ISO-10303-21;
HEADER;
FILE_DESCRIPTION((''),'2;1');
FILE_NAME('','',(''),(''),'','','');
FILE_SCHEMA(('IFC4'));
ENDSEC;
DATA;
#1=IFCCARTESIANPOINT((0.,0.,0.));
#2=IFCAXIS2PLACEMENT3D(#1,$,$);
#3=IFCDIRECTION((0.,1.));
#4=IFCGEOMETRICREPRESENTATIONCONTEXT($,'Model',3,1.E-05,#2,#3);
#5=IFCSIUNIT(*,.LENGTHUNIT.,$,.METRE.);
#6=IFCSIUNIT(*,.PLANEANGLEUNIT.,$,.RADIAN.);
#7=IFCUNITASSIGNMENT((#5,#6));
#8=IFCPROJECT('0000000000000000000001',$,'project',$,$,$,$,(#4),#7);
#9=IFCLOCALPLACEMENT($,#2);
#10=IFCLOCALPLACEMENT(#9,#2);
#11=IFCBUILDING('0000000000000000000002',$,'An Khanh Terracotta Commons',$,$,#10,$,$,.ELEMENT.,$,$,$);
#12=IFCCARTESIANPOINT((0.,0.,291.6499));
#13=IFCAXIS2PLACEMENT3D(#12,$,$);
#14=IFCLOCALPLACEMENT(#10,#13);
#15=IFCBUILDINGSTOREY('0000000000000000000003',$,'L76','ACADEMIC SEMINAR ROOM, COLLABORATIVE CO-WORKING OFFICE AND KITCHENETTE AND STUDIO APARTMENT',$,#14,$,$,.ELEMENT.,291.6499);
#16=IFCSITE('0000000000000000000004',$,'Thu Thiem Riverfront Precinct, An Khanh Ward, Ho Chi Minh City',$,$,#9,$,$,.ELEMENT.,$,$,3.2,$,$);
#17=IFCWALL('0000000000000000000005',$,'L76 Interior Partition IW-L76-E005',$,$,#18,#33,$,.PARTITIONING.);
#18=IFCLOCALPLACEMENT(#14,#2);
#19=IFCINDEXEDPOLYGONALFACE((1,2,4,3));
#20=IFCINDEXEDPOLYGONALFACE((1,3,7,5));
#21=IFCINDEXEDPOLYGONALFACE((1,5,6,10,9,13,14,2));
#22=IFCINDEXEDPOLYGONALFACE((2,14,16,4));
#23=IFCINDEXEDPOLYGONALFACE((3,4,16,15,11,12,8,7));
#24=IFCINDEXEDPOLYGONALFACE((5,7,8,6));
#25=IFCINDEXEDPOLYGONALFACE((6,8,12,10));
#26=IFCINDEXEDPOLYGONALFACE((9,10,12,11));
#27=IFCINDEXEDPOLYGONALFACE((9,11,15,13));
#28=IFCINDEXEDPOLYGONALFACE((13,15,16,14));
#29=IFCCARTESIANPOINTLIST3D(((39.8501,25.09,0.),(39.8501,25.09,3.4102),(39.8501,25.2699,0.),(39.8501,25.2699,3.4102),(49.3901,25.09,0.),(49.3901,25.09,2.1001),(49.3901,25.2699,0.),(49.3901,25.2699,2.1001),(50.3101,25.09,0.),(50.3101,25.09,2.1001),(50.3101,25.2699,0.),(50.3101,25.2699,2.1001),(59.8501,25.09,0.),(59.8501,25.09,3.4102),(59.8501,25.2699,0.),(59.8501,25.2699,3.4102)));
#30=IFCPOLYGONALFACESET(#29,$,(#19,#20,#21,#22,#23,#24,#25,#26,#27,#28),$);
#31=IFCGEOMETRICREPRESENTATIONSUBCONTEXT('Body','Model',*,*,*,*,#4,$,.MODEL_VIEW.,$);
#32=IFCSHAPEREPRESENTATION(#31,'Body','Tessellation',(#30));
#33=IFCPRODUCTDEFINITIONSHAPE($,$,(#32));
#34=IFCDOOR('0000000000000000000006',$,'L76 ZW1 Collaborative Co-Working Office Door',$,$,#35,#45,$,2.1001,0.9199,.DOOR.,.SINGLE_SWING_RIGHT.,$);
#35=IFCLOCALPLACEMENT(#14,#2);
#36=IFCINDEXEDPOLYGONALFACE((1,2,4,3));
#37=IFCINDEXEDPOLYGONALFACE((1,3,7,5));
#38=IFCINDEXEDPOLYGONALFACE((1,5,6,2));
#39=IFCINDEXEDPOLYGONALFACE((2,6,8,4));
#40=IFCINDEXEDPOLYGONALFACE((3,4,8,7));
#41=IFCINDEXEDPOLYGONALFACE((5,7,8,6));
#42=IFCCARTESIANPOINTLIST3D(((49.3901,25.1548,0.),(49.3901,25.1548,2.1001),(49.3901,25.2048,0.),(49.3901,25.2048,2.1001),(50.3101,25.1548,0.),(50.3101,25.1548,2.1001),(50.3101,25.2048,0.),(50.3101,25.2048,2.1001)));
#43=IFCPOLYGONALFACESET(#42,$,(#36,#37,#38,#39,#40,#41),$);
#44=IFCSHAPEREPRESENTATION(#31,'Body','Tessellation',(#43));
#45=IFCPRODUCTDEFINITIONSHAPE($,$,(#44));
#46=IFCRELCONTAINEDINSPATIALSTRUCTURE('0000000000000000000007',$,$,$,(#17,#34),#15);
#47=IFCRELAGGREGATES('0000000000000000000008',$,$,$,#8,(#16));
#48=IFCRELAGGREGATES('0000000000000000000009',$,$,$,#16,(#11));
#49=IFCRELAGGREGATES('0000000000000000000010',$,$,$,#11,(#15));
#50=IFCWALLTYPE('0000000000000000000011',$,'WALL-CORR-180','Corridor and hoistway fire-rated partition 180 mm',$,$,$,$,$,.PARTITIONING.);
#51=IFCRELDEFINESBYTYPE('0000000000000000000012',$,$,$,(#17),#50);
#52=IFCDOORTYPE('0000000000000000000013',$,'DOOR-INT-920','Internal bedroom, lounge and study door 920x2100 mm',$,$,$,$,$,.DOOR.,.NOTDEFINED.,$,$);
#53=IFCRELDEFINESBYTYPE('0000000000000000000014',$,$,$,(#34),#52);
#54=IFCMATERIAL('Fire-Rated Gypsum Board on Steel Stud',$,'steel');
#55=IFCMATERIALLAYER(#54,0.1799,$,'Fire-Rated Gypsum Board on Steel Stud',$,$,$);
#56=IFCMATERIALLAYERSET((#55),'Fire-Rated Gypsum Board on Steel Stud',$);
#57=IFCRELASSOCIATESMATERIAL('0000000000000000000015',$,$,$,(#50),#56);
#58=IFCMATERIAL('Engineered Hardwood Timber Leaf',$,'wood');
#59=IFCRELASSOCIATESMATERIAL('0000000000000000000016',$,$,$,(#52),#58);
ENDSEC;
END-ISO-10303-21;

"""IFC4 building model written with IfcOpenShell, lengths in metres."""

from ifc_helpers import new_model, si_unit, direction, frame, frame_2d, origin, place, context, subcontext, project, spatial, rectangle, extrude, material, layer, layer_set, type_object, element, fill, save


model = new_model("IFC4")

# Units and contexts
model_context = context("Model", 3, precision=1e-05, world=origin(), true_north=direction((0.0, 1.0)))
body_context = subcontext(model_context, "Body", "Model", "MODEL_VIEW")
ifc_project = project(units=[si_unit("LENGTHUNIT", "METRE"), si_unit("PLANEANGLEUNIT", "RADIAN")], contexts=[model_context])

# Site, building, storey
site_placement = place(None, origin())
site = spatial("IfcSite", under=ifc_project, at=site_placement, Name="Thu Thiem Riverfront Precinct, An Khanh Ward, Ho Chi Minh City", CompositionType="ELEMENT", RefElevation=3.2)
building_placement = place(site_placement, origin())
building = spatial("IfcBuilding", under=site, at=building_placement, Name="An Khanh Terracotta Commons", CompositionType="ELEMENT")
storey_placement = place(building_placement, frame((0.0, 0.0, 291.6499)))
storey = spatial("IfcBuildingStorey", under=building, at=storey_placement, Name="L76", Description="ACADEMIC SEMINAR ROOM, COLLABORATIVE CO-WORKING OFFICE AND KITCHENETTE AND STUDIO APARTMENT", CompositionType="ELEMENT", Elevation=291.6499)

# Shared definitions
ifc_material_1 = material(Name="Fire-Rated Gypsum Board on Steel Stud", Category="steel")
ifc_layer = layer(ifc_material_1, 0.1799, Name="Fire-Rated Gypsum Board on Steel Stud")
ifc_layer_set = layer_set([ifc_layer], Name="Fire-Rated Gypsum Board on Steel Stud")
wall_type = type_object("IfcWallType", Name="WALL-CORR-180", Description="Corridor and hoistway fire-rated partition 180 mm", PredefinedType="PARTITIONING", material=ifc_layer_set)

# Wall, opening, door
ifc_material_2 = material(Name="Engineered Hardwood Timber Leaf", Category="wood")
door_type_1 = type_object("IfcDoorType", Name="DOOR-INT-920", Description="Internal bedroom, lounge and study door 920x2100 mm", OperationType="NOTDEFINED", PredefinedType="DOOR", material=ifc_material_2)
wall_1_placement = place(storey_placement, frame((39.8501, 25.1799, 0.0), z_axis=(0.0, 0.0, 1.0), x_axis=(1.0, 0.0, 0.0)))
wall_1 = element("IfcWall", 1, at=wall_1_placement, inside=storey, type_object=wall_type, Name="L76 Interior Partition IW-L76-E005", PredefinedType="PARTITIONING", context=body_context, shape_type="SweptSolid", body=[
    extrude(rectangle(XDim=20.0, YDim=0.1799, at=frame_2d((10.0, 0.0))), origin(), (0.0, 0.0, 1.0), 3.4102),
])
opening_1_placement = place(wall_1_placement, frame((9.54, 0.0, 0.0)))
opening_1 = element("IfcOpeningElement", 2, at=opening_1_placement, cuts=wall_1, PredefinedType="OPENING", context=body_context, shape_type="SweptSolid", body=[
    extrude(rectangle(XDim=0.9199, YDim=2.1001, at=frame_2d((0.46, 1.05))), frame((0.0, 0.0999, 0.0), z_axis=(0.0, -1.0, 0.0), x_axis=(1.0, 0.0, 0.0)), (0.0, 0.0, 1.0), 0.2),
])
door_1_placement = place(opening_1_placement, origin())
door_1 = element("IfcDoor", 3, at=door_1_placement, inside=storey, type_object=door_type_1, Name="L76 ZW1 Collaborative Co-Working Office Door", OperationType="SINGLE_SWING_RIGHT", OverallHeight=2.1001, OverallWidth=0.9199, PredefinedType="DOOR", context=body_context, shape_type="SweptSolid", body=[
    extrude(rectangle(XDim=0.9199, YDim=2.1001, at=frame_2d((0.46, 1.05))), frame((0.0, 0.0249, 0.0), z_axis=(0.0, -1.0, 0.0), x_axis=(1.0, 0.0, 0.0)), (0.0, 0.0, 1.0), 0.05),
])
fill(opening_1, door_1)

save(model, "model.ifc")
